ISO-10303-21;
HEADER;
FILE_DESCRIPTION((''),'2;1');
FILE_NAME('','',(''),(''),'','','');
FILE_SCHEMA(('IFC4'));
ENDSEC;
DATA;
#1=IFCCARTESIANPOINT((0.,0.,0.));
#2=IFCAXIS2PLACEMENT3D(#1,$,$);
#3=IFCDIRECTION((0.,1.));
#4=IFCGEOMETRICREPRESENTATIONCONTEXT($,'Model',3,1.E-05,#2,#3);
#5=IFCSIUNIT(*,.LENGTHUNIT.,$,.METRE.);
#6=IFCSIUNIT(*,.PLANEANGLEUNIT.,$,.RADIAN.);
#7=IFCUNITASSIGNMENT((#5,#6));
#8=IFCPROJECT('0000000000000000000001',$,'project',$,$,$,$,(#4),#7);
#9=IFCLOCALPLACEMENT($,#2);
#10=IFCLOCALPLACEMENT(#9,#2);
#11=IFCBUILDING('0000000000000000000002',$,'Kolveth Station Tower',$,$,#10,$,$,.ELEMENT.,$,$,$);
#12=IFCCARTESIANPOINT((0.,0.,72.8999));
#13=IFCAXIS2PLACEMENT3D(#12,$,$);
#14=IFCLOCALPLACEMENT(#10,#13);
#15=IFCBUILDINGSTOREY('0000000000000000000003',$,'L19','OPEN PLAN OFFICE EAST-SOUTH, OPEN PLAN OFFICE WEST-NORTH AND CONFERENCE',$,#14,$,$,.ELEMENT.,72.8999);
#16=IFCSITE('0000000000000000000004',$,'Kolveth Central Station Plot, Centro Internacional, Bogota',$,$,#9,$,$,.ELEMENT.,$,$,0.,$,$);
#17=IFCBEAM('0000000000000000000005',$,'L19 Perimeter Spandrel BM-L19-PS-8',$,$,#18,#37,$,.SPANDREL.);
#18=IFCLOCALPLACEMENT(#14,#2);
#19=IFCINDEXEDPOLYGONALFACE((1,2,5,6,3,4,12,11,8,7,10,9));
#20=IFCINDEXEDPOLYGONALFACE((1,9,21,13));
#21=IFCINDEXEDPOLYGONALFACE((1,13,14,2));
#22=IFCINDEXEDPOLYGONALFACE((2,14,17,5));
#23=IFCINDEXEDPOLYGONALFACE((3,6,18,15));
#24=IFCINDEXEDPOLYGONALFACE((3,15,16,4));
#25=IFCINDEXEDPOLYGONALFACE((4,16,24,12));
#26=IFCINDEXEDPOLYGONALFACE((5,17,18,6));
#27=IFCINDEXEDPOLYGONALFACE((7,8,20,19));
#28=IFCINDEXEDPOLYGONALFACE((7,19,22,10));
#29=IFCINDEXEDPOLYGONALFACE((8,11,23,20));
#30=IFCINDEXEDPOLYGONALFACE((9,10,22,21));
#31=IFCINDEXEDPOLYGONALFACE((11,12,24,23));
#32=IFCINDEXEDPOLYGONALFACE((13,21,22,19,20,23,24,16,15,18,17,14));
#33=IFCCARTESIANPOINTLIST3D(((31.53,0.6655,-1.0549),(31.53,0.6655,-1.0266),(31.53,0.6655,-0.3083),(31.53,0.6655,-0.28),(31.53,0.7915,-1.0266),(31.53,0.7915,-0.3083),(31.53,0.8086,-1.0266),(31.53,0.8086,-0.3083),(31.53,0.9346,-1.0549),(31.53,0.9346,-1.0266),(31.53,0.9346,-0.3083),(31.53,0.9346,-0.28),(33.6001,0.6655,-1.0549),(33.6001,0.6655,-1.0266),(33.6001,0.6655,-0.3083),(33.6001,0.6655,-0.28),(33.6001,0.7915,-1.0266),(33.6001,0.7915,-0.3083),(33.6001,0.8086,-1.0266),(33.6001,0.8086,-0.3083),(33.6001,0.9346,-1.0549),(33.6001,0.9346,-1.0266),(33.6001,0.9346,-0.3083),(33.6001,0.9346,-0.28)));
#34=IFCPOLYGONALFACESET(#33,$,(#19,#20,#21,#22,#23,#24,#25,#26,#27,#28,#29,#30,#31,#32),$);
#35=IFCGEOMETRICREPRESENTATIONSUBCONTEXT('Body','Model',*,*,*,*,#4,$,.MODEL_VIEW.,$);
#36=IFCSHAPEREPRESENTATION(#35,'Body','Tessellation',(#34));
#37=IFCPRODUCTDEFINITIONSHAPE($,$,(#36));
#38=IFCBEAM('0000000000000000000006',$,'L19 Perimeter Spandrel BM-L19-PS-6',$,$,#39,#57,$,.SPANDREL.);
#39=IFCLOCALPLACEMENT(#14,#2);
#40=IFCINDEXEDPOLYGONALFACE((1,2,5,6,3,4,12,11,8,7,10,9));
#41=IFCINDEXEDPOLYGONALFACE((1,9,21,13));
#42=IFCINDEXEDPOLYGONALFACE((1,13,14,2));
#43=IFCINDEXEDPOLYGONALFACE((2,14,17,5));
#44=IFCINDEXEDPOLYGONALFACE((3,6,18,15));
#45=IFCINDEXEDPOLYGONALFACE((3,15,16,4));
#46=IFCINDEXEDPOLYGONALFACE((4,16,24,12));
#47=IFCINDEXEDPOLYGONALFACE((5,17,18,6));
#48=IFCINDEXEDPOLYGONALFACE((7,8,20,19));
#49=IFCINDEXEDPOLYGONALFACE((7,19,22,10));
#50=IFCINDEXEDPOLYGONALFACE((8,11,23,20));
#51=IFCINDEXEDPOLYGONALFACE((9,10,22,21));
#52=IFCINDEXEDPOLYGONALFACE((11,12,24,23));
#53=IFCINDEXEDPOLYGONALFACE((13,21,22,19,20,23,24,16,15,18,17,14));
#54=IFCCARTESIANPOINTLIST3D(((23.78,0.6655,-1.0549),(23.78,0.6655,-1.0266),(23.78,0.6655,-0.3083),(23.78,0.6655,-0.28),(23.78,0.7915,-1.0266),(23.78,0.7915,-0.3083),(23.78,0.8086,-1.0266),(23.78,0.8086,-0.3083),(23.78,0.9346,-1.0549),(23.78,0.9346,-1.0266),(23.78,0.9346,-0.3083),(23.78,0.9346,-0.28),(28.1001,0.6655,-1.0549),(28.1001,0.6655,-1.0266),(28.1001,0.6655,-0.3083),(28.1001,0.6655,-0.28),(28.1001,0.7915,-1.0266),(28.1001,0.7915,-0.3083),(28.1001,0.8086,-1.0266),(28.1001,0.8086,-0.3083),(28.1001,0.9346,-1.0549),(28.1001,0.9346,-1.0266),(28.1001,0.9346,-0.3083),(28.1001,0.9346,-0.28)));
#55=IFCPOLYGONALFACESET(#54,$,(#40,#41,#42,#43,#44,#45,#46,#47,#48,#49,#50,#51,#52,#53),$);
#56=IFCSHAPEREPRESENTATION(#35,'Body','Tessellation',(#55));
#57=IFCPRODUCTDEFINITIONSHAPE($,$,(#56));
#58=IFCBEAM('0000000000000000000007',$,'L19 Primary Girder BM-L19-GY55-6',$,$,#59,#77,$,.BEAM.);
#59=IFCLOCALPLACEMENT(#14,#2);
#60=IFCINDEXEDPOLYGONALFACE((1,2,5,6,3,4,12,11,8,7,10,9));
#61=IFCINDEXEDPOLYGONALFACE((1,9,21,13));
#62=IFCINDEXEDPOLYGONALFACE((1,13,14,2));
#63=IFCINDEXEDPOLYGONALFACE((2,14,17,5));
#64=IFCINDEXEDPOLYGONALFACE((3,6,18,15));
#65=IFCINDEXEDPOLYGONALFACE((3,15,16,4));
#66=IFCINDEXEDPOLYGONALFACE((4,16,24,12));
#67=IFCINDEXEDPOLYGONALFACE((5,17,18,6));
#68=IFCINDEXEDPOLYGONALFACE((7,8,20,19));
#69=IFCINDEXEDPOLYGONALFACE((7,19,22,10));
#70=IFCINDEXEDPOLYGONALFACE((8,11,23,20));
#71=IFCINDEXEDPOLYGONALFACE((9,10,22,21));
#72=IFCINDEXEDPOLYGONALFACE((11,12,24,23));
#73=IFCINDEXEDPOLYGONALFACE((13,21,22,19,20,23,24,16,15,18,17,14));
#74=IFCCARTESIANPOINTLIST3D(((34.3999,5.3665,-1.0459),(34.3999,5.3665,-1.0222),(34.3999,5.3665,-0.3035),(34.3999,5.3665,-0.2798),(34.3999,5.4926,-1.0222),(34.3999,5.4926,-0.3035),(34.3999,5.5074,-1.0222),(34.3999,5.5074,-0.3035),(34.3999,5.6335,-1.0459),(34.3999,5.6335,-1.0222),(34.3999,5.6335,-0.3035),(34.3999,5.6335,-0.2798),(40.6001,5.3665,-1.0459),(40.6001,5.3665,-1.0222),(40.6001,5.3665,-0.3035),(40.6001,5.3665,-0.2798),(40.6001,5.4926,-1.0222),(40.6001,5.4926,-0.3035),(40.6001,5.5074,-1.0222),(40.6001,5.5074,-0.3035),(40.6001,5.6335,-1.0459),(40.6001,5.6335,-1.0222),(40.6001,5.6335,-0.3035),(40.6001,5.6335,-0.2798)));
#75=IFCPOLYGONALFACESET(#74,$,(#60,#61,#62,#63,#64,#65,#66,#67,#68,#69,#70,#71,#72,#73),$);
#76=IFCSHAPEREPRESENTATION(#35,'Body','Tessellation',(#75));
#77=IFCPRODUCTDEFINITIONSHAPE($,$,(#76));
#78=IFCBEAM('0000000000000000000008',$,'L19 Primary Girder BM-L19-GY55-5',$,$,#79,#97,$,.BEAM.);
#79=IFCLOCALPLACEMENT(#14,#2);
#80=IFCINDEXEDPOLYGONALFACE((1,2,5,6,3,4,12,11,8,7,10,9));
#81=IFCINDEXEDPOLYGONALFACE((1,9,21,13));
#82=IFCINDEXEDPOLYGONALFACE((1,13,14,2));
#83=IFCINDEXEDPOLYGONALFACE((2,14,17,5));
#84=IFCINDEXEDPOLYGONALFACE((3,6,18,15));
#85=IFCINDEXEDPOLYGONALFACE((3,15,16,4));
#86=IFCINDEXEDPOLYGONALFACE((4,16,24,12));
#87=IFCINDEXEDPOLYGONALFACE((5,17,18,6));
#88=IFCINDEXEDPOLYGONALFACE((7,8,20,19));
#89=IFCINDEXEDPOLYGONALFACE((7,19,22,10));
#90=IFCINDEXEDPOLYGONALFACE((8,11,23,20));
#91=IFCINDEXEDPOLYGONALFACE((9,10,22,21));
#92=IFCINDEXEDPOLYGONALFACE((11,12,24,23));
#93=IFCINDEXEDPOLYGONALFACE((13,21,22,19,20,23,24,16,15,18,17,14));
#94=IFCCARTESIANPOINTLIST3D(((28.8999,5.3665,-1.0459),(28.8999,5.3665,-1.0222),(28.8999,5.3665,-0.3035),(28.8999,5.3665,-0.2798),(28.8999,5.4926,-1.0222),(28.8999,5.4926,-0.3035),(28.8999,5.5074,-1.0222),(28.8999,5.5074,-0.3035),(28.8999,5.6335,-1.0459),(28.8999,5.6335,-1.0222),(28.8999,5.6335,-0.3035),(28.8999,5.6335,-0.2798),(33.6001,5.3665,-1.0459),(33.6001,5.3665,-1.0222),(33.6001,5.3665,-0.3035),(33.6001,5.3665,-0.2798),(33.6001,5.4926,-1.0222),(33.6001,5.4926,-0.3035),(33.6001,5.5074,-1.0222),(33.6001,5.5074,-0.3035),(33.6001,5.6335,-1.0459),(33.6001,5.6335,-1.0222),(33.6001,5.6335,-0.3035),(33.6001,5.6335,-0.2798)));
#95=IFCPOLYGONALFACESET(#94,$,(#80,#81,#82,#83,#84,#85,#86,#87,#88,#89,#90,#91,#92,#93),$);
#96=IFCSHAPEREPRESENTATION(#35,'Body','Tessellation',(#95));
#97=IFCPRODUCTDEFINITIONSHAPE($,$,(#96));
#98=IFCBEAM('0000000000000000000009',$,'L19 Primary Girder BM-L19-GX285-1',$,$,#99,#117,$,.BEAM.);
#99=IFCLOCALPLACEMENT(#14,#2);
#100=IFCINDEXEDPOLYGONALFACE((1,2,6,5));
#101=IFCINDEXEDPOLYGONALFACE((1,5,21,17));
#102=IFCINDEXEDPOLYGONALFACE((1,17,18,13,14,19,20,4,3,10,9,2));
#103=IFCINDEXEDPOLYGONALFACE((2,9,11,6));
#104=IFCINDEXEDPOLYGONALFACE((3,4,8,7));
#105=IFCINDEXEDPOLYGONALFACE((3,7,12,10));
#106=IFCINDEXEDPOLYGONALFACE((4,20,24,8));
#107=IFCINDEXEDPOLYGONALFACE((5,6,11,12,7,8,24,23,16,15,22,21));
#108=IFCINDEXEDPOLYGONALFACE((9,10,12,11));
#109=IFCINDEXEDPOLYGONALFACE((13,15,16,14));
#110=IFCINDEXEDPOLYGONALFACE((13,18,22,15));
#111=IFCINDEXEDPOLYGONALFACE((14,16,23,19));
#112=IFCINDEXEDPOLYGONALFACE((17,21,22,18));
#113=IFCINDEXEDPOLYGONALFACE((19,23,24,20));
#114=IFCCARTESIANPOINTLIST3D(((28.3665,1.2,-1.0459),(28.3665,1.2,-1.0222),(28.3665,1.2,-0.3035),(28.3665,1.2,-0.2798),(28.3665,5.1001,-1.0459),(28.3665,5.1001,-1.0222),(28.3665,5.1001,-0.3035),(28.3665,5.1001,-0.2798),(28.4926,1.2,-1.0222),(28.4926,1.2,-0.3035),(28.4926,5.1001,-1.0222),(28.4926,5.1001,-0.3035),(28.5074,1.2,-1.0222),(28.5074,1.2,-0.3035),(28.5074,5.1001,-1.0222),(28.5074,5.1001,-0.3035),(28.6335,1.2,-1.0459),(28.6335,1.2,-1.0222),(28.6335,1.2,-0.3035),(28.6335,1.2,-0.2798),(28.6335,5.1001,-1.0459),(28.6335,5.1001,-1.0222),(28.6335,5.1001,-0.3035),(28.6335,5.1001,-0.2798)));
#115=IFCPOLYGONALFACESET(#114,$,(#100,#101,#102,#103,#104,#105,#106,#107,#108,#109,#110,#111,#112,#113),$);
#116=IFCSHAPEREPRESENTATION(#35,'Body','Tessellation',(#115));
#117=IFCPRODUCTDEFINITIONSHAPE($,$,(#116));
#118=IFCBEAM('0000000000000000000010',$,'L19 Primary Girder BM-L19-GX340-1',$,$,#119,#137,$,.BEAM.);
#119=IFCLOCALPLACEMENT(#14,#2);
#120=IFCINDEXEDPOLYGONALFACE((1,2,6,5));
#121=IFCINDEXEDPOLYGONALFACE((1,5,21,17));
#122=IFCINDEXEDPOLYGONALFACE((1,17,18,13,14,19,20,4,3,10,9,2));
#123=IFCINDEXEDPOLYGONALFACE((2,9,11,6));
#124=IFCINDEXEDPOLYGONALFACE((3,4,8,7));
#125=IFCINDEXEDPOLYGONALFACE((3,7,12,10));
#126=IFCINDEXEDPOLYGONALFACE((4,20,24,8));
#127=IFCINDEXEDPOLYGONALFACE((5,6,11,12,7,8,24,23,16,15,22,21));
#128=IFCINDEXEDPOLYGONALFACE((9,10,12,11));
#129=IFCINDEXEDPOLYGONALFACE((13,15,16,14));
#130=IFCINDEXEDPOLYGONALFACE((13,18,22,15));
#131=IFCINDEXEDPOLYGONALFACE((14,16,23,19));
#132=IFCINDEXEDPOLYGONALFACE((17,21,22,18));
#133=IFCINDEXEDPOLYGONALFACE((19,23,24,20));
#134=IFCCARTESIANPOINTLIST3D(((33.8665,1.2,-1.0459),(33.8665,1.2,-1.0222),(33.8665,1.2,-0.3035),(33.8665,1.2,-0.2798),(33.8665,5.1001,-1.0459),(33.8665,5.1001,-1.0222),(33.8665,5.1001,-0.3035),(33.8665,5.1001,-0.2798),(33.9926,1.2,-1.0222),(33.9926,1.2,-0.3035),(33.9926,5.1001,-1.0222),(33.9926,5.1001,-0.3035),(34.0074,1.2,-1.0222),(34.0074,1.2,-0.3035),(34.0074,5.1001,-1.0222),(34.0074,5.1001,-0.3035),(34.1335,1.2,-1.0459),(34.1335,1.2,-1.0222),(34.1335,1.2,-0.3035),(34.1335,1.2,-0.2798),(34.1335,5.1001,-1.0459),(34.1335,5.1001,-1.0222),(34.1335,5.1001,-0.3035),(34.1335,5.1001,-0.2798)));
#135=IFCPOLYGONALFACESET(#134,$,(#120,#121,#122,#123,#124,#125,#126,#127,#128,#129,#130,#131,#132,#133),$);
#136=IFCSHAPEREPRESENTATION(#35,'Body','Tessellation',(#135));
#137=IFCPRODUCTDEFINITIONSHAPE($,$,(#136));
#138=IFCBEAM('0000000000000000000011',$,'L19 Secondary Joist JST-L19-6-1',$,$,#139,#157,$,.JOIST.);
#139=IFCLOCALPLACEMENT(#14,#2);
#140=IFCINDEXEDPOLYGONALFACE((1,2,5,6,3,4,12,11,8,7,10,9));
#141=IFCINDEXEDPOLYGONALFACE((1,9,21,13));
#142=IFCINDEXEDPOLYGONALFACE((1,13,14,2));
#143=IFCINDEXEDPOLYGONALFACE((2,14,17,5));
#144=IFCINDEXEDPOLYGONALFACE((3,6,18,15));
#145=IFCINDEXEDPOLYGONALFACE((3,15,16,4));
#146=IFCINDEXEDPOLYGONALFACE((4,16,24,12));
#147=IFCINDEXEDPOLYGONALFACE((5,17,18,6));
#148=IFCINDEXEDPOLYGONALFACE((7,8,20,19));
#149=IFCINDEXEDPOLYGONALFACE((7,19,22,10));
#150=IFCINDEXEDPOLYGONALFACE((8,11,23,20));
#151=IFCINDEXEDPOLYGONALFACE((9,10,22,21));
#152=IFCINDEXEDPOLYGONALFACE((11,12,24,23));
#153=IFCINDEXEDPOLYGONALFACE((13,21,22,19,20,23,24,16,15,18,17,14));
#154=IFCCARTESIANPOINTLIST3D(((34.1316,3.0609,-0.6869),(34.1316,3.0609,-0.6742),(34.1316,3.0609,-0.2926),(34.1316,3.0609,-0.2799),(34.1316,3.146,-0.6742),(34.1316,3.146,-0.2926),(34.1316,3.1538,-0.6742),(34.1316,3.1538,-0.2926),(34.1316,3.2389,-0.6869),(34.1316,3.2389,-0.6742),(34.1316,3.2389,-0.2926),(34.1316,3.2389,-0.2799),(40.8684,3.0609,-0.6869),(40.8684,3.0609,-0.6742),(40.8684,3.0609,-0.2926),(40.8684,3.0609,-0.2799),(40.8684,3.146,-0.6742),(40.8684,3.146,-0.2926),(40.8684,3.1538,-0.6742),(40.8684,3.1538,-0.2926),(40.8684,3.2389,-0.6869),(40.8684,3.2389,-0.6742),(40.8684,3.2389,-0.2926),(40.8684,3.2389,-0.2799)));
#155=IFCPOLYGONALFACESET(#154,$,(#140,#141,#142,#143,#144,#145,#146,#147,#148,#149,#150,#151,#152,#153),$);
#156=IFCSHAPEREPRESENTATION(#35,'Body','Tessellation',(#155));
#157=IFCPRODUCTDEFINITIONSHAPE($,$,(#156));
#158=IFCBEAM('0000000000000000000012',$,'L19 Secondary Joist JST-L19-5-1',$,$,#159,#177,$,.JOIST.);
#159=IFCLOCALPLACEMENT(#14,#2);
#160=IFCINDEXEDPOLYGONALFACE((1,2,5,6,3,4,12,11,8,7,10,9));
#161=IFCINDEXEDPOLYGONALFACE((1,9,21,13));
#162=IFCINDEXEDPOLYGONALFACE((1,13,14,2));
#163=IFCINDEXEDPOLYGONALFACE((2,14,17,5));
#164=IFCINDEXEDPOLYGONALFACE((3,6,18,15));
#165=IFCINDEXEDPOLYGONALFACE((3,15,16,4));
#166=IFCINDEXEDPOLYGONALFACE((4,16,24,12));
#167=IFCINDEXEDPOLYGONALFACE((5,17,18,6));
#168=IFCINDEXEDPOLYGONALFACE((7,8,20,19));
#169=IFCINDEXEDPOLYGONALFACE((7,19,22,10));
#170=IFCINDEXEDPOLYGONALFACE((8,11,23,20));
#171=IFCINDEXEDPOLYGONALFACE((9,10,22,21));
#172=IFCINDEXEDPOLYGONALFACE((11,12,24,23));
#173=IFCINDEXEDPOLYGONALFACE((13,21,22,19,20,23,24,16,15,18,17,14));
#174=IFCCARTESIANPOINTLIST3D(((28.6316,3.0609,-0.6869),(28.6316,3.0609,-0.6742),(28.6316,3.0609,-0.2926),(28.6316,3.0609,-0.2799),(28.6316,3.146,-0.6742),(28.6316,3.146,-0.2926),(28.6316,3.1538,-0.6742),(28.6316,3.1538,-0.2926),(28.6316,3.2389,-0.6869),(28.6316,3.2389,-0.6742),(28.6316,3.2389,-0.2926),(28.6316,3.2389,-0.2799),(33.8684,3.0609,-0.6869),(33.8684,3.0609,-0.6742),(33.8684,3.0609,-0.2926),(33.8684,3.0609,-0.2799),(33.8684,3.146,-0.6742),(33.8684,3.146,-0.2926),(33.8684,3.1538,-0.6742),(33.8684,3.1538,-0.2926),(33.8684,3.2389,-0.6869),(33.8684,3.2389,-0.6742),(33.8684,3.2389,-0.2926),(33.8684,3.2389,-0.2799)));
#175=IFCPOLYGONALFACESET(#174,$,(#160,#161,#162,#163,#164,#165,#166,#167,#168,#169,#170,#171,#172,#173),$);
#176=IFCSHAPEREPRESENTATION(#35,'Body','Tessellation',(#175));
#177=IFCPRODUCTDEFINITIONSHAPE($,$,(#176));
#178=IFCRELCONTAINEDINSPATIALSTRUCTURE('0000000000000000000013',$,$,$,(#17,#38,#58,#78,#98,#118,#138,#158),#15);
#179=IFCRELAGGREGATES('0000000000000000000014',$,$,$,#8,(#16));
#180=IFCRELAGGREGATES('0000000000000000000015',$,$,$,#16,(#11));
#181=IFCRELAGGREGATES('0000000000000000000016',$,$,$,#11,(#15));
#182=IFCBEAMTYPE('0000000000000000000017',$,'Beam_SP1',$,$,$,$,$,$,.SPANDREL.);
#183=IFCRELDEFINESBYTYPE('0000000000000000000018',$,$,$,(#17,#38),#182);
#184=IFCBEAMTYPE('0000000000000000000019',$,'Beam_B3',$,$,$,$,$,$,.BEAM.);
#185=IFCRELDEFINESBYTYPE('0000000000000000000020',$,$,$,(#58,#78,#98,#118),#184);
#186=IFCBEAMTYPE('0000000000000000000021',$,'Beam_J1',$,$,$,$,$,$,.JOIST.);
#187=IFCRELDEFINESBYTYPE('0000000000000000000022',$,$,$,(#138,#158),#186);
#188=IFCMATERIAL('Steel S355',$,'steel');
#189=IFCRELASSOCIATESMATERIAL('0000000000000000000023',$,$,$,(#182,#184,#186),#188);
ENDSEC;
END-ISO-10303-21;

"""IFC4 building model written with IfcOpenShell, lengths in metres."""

from ifc_helpers import new_model, si_unit, direction, frame, origin, origin_2d, place, context, subcontext, project, spatial, i_section, extrude, source, transform, mapped, material, material_profile, profile_set, type_object, element, save


model = new_model("IFC4")

# Units and contexts
model_context = context("Model", 3, precision=1e-05, world=origin(), true_north=direction((0.0, 1.0)))
body_context = subcontext(model_context, "Body", "Model", "MODEL_VIEW")
ifc_project = project(units=[si_unit("LENGTHUNIT", "METRE"), si_unit("PLANEANGLEUNIT", "RADIAN")], contexts=[model_context])

# Site, building, storey
site_placement = place(None, origin())
site = spatial("IfcSite", under=ifc_project, at=site_placement, Name="Kolveth Central Station Plot, Centro Internacional, Bogota", CompositionType="ELEMENT", RefElevation=0.0)
building_placement = place(site_placement, origin())
building = spatial("IfcBuilding", under=site, at=building_placement, Name="Kolveth Station Tower", CompositionType="ELEMENT")
storey_placement = place(building_placement, frame((0.0, 0.0, 72.8999)))
storey = spatial("IfcBuildingStorey", under=building, at=storey_placement, Name="L19", Description="OPEN PLAN OFFICE EAST-SOUTH, OPEN PLAN OFFICE WEST-NORTH AND CONFERENCE", CompositionType="ELEMENT", Elevation=72.8999)

# Shared definitions
ifc_material_1 = material(Name="Steel S355", Category="steel")

# Beams
ifc_material_profile_1 = material_profile(ifc_material_1, i_section(OverallWidth=0.269, OverallDepth=0.7749, WebThickness=0.0171, FlangeThickness=0.0283, at=origin_2d()), Name="W760x220")
ifc_profile_set_1 = profile_set([ifc_material_profile_1], Name="Steel S355")
beam_type_1 = type_object("IfcBeamType", Name="Beam_SP1", PredefinedType="SPANDREL", material=ifc_profile_set_1)
shared_shape_1 = source(origin(), body_context, "Body", "SweptSolid", [
    extrude(i_section(OverallWidth=0.269, OverallDepth=0.7749, WebThickness=0.0171, FlangeThickness=0.0283, at=origin_2d()), origin(), (0.0, 0.0, 1.0), 2.0701),
])
for number, where, z_axis, x_axis, name in (
    (1, (31.53, 0.8, -0.6675), (1.0, 0.0, 0.0), (0.0, 1.0, 0.0), "L19 Perimeter Spandrel BM-L19-PS-8"),
):
    element("IfcBeam", number, at=place(storey_placement, frame(where, z_axis=z_axis, x_axis=x_axis)), inside=storey, type_object=beam_type_1, Name=name, PredefinedType="SPANDREL", context=body_context, shape_type="MappedRepresentation", body=[
        mapped(shared_shape_1, transform((0.0, 0.0, 0.0), x_axis=(1.0, 0.0, 0.0), y_axis=(0.0, 1.0, 0.0), z_axis=(0.0, 0.0, 1.0), scale=1.0)),
    ])
shared_shape_2 = source(origin(), body_context, "Body", "SweptSolid", [
    extrude(i_section(OverallWidth=0.269, OverallDepth=0.7749, WebThickness=0.0171, FlangeThickness=0.0283, at=origin_2d()), origin(), (0.0, 0.0, 1.0), 4.3201),
])
beam_1_placement = place(storey_placement, frame((23.78, 0.8, -0.6675), z_axis=(1.0, 0.0, 0.0), x_axis=(0.0, 1.0, 0.0)))
element("IfcBeam", 2, at=beam_1_placement, inside=storey, type_object=beam_type_1, Name="L19 Perimeter Spandrel BM-L19-PS-6", PredefinedType="SPANDREL", context=body_context, shape_type="MappedRepresentation", body=[
    mapped(shared_shape_2, transform((0.0, 0.0, 0.0), x_axis=(1.0, 0.0, 0.0), y_axis=(0.0, 1.0, 0.0), z_axis=(0.0, 0.0, 1.0), scale=1.0)),
])
ifc_material_profile_2 = material_profile(ifc_material_1, i_section(OverallWidth=0.2671, OverallDepth=0.7661, WebThickness=0.0149, FlangeThickness=0.0237, at=origin_2d()), Name="W760x185")
ifc_profile_set_2 = profile_set([ifc_material_profile_2], Name="Steel S355")
beam_type_2 = type_object("IfcBeamType", Name="Beam_B3", PredefinedType="BEAM", material=ifc_profile_set_2)
shared_shape_3 = source(origin(), body_context, "Body", "SweptSolid", [
    extrude(i_section(OverallWidth=0.2671, OverallDepth=0.7661, WebThickness=0.0149, FlangeThickness=0.0237, at=origin_2d()), origin(), (0.0, 0.0, 1.0), 6.2002),
])
beam_2_placement = place(storey_placement, frame((34.3999, 5.5, -0.6628), z_axis=(1.0, 0.0, 0.0), x_axis=(0.0, 1.0, 0.0)))
element("IfcBeam", 3, at=beam_2_placement, inside=storey, type_object=beam_type_2, Name="L19 Primary Girder BM-L19-GY55-6", PredefinedType="BEAM", context=body_context, shape_type="MappedRepresentation", body=[
    mapped(shared_shape_3, transform((0.0, 0.0, 0.0), x_axis=(1.0, 0.0, 0.0), y_axis=(0.0, 1.0, 0.0), z_axis=(0.0, 0.0, 1.0), scale=1.0)),
])
shared_shape_4 = source(origin(), body_context, "Body", "SweptSolid", [
    extrude(i_section(OverallWidth=0.2671, OverallDepth=0.7661, WebThickness=0.0149, FlangeThickness=0.0237, at=origin_2d()), origin(), (0.0, 0.0, 1.0), 4.7002),
])
beam_3_placement = place(storey_placement, frame((28.8999, 5.5, -0.6628), z_axis=(1.0, 0.0, 0.0), x_axis=(0.0, 1.0, 0.0)))
element("IfcBeam", 4, at=beam_3_placement, inside=storey, type_object=beam_type_2, Name="L19 Primary Girder BM-L19-GY55-5", PredefinedType="BEAM", context=body_context, shape_type="MappedRepresentation", body=[
    mapped(shared_shape_4, transform((0.0, 0.0, 0.0), x_axis=(1.0, 0.0, 0.0), y_axis=(0.0, 1.0, 0.0), z_axis=(0.0, 0.0, 1.0), scale=1.0)),
])
shared_shape_5 = source(origin(), body_context, "Body", "SweptSolid", [
    extrude(i_section(OverallWidth=0.2671, OverallDepth=0.7661, WebThickness=0.0149, FlangeThickness=0.0237, at=origin_2d()), origin(), (0.0, 0.0, 1.0), 3.9001),
])
for number, where, z_axis, x_axis, name in (
    (5, (28.5, 1.2, -0.6628), (0.0, 1.0, 0.0), (-1.0, 0.0, 0.0), "L19 Primary Girder BM-L19-GX285-1"),
    (6, (34.0, 1.2, -0.6628), (0.0, 1.0, 0.0), (-1.0, 0.0, 0.0), "L19 Primary Girder BM-L19-GX340-1"),
):
    element("IfcBeam", number, at=place(storey_placement, frame(where, z_axis=z_axis, x_axis=x_axis)), inside=storey, type_object=beam_type_2, Name=name, PredefinedType="BEAM", context=body_context, shape_type="MappedRepresentation", body=[
        mapped(shared_shape_5, transform((0.0, 0.0, 0.0), x_axis=(1.0, 0.0, 0.0), y_axis=(0.0, 1.0, 0.0), z_axis=(0.0, 0.0, 1.0), scale=1.0)),
    ])
ifc_material_profile_3 = material_profile(ifc_material_1, i_section(OverallWidth=0.178, OverallDepth=0.407, WebThickness=0.0078, FlangeThickness=0.0127, at=origin_2d()), Name="W410x60")
ifc_profile_set_3 = profile_set([ifc_material_profile_3], Name="Steel S355")
beam_type_3 = type_object("IfcBeamType", Name="Beam_J1", PredefinedType="JOIST", material=ifc_profile_set_3)
shared_shape_6 = source(origin(), body_context, "Body", "SweptSolid", [
    extrude(i_section(OverallWidth=0.178, OverallDepth=0.407, WebThickness=0.0078, FlangeThickness=0.0127, at=origin_2d()), origin(), (0.0, 0.0, 1.0), 6.7368),
])
beam_4_placement = place(storey_placement, frame((34.1316, 3.1499, -0.4834), z_axis=(1.0, 0.0, 0.0), x_axis=(0.0, 1.0, 0.0)))
element("IfcBeam", 7, at=beam_4_placement, inside=storey, type_object=beam_type_3, Name="L19 Secondary Joist JST-L19-6-1", PredefinedType="JOIST", context=body_context, shape_type="MappedRepresentation", body=[
    mapped(shared_shape_6, transform((0.0, 0.0, 0.0), x_axis=(1.0, 0.0, 0.0), y_axis=(0.0, 1.0, 0.0), z_axis=(0.0, 0.0, 1.0), scale=1.0)),
])
shared_shape_7 = source(origin(), body_context, "Body", "SweptSolid", [
    extrude(i_section(OverallWidth=0.178, OverallDepth=0.407, WebThickness=0.0078, FlangeThickness=0.0127, at=origin_2d()), origin(), (0.0, 0.0, 1.0), 5.2368),
])
beam_5_placement = place(storey_placement, frame((28.6316, 3.1499, -0.4834), z_axis=(1.0, 0.0, 0.0), x_axis=(0.0, 1.0, 0.0)))
element("IfcBeam", 8, at=beam_5_placement, inside=storey, type_object=beam_type_3, Name="L19 Secondary Joist JST-L19-5-1", PredefinedType="JOIST", context=body_context, shape_type="MappedRepresentation", body=[
    mapped(shared_shape_7, transform((0.0, 0.0, 0.0), x_axis=(1.0, 0.0, 0.0), y_axis=(0.0, 1.0, 0.0), z_axis=(0.0, 0.0, 1.0), scale=1.0)),
])

save(model, "model.ifc")
